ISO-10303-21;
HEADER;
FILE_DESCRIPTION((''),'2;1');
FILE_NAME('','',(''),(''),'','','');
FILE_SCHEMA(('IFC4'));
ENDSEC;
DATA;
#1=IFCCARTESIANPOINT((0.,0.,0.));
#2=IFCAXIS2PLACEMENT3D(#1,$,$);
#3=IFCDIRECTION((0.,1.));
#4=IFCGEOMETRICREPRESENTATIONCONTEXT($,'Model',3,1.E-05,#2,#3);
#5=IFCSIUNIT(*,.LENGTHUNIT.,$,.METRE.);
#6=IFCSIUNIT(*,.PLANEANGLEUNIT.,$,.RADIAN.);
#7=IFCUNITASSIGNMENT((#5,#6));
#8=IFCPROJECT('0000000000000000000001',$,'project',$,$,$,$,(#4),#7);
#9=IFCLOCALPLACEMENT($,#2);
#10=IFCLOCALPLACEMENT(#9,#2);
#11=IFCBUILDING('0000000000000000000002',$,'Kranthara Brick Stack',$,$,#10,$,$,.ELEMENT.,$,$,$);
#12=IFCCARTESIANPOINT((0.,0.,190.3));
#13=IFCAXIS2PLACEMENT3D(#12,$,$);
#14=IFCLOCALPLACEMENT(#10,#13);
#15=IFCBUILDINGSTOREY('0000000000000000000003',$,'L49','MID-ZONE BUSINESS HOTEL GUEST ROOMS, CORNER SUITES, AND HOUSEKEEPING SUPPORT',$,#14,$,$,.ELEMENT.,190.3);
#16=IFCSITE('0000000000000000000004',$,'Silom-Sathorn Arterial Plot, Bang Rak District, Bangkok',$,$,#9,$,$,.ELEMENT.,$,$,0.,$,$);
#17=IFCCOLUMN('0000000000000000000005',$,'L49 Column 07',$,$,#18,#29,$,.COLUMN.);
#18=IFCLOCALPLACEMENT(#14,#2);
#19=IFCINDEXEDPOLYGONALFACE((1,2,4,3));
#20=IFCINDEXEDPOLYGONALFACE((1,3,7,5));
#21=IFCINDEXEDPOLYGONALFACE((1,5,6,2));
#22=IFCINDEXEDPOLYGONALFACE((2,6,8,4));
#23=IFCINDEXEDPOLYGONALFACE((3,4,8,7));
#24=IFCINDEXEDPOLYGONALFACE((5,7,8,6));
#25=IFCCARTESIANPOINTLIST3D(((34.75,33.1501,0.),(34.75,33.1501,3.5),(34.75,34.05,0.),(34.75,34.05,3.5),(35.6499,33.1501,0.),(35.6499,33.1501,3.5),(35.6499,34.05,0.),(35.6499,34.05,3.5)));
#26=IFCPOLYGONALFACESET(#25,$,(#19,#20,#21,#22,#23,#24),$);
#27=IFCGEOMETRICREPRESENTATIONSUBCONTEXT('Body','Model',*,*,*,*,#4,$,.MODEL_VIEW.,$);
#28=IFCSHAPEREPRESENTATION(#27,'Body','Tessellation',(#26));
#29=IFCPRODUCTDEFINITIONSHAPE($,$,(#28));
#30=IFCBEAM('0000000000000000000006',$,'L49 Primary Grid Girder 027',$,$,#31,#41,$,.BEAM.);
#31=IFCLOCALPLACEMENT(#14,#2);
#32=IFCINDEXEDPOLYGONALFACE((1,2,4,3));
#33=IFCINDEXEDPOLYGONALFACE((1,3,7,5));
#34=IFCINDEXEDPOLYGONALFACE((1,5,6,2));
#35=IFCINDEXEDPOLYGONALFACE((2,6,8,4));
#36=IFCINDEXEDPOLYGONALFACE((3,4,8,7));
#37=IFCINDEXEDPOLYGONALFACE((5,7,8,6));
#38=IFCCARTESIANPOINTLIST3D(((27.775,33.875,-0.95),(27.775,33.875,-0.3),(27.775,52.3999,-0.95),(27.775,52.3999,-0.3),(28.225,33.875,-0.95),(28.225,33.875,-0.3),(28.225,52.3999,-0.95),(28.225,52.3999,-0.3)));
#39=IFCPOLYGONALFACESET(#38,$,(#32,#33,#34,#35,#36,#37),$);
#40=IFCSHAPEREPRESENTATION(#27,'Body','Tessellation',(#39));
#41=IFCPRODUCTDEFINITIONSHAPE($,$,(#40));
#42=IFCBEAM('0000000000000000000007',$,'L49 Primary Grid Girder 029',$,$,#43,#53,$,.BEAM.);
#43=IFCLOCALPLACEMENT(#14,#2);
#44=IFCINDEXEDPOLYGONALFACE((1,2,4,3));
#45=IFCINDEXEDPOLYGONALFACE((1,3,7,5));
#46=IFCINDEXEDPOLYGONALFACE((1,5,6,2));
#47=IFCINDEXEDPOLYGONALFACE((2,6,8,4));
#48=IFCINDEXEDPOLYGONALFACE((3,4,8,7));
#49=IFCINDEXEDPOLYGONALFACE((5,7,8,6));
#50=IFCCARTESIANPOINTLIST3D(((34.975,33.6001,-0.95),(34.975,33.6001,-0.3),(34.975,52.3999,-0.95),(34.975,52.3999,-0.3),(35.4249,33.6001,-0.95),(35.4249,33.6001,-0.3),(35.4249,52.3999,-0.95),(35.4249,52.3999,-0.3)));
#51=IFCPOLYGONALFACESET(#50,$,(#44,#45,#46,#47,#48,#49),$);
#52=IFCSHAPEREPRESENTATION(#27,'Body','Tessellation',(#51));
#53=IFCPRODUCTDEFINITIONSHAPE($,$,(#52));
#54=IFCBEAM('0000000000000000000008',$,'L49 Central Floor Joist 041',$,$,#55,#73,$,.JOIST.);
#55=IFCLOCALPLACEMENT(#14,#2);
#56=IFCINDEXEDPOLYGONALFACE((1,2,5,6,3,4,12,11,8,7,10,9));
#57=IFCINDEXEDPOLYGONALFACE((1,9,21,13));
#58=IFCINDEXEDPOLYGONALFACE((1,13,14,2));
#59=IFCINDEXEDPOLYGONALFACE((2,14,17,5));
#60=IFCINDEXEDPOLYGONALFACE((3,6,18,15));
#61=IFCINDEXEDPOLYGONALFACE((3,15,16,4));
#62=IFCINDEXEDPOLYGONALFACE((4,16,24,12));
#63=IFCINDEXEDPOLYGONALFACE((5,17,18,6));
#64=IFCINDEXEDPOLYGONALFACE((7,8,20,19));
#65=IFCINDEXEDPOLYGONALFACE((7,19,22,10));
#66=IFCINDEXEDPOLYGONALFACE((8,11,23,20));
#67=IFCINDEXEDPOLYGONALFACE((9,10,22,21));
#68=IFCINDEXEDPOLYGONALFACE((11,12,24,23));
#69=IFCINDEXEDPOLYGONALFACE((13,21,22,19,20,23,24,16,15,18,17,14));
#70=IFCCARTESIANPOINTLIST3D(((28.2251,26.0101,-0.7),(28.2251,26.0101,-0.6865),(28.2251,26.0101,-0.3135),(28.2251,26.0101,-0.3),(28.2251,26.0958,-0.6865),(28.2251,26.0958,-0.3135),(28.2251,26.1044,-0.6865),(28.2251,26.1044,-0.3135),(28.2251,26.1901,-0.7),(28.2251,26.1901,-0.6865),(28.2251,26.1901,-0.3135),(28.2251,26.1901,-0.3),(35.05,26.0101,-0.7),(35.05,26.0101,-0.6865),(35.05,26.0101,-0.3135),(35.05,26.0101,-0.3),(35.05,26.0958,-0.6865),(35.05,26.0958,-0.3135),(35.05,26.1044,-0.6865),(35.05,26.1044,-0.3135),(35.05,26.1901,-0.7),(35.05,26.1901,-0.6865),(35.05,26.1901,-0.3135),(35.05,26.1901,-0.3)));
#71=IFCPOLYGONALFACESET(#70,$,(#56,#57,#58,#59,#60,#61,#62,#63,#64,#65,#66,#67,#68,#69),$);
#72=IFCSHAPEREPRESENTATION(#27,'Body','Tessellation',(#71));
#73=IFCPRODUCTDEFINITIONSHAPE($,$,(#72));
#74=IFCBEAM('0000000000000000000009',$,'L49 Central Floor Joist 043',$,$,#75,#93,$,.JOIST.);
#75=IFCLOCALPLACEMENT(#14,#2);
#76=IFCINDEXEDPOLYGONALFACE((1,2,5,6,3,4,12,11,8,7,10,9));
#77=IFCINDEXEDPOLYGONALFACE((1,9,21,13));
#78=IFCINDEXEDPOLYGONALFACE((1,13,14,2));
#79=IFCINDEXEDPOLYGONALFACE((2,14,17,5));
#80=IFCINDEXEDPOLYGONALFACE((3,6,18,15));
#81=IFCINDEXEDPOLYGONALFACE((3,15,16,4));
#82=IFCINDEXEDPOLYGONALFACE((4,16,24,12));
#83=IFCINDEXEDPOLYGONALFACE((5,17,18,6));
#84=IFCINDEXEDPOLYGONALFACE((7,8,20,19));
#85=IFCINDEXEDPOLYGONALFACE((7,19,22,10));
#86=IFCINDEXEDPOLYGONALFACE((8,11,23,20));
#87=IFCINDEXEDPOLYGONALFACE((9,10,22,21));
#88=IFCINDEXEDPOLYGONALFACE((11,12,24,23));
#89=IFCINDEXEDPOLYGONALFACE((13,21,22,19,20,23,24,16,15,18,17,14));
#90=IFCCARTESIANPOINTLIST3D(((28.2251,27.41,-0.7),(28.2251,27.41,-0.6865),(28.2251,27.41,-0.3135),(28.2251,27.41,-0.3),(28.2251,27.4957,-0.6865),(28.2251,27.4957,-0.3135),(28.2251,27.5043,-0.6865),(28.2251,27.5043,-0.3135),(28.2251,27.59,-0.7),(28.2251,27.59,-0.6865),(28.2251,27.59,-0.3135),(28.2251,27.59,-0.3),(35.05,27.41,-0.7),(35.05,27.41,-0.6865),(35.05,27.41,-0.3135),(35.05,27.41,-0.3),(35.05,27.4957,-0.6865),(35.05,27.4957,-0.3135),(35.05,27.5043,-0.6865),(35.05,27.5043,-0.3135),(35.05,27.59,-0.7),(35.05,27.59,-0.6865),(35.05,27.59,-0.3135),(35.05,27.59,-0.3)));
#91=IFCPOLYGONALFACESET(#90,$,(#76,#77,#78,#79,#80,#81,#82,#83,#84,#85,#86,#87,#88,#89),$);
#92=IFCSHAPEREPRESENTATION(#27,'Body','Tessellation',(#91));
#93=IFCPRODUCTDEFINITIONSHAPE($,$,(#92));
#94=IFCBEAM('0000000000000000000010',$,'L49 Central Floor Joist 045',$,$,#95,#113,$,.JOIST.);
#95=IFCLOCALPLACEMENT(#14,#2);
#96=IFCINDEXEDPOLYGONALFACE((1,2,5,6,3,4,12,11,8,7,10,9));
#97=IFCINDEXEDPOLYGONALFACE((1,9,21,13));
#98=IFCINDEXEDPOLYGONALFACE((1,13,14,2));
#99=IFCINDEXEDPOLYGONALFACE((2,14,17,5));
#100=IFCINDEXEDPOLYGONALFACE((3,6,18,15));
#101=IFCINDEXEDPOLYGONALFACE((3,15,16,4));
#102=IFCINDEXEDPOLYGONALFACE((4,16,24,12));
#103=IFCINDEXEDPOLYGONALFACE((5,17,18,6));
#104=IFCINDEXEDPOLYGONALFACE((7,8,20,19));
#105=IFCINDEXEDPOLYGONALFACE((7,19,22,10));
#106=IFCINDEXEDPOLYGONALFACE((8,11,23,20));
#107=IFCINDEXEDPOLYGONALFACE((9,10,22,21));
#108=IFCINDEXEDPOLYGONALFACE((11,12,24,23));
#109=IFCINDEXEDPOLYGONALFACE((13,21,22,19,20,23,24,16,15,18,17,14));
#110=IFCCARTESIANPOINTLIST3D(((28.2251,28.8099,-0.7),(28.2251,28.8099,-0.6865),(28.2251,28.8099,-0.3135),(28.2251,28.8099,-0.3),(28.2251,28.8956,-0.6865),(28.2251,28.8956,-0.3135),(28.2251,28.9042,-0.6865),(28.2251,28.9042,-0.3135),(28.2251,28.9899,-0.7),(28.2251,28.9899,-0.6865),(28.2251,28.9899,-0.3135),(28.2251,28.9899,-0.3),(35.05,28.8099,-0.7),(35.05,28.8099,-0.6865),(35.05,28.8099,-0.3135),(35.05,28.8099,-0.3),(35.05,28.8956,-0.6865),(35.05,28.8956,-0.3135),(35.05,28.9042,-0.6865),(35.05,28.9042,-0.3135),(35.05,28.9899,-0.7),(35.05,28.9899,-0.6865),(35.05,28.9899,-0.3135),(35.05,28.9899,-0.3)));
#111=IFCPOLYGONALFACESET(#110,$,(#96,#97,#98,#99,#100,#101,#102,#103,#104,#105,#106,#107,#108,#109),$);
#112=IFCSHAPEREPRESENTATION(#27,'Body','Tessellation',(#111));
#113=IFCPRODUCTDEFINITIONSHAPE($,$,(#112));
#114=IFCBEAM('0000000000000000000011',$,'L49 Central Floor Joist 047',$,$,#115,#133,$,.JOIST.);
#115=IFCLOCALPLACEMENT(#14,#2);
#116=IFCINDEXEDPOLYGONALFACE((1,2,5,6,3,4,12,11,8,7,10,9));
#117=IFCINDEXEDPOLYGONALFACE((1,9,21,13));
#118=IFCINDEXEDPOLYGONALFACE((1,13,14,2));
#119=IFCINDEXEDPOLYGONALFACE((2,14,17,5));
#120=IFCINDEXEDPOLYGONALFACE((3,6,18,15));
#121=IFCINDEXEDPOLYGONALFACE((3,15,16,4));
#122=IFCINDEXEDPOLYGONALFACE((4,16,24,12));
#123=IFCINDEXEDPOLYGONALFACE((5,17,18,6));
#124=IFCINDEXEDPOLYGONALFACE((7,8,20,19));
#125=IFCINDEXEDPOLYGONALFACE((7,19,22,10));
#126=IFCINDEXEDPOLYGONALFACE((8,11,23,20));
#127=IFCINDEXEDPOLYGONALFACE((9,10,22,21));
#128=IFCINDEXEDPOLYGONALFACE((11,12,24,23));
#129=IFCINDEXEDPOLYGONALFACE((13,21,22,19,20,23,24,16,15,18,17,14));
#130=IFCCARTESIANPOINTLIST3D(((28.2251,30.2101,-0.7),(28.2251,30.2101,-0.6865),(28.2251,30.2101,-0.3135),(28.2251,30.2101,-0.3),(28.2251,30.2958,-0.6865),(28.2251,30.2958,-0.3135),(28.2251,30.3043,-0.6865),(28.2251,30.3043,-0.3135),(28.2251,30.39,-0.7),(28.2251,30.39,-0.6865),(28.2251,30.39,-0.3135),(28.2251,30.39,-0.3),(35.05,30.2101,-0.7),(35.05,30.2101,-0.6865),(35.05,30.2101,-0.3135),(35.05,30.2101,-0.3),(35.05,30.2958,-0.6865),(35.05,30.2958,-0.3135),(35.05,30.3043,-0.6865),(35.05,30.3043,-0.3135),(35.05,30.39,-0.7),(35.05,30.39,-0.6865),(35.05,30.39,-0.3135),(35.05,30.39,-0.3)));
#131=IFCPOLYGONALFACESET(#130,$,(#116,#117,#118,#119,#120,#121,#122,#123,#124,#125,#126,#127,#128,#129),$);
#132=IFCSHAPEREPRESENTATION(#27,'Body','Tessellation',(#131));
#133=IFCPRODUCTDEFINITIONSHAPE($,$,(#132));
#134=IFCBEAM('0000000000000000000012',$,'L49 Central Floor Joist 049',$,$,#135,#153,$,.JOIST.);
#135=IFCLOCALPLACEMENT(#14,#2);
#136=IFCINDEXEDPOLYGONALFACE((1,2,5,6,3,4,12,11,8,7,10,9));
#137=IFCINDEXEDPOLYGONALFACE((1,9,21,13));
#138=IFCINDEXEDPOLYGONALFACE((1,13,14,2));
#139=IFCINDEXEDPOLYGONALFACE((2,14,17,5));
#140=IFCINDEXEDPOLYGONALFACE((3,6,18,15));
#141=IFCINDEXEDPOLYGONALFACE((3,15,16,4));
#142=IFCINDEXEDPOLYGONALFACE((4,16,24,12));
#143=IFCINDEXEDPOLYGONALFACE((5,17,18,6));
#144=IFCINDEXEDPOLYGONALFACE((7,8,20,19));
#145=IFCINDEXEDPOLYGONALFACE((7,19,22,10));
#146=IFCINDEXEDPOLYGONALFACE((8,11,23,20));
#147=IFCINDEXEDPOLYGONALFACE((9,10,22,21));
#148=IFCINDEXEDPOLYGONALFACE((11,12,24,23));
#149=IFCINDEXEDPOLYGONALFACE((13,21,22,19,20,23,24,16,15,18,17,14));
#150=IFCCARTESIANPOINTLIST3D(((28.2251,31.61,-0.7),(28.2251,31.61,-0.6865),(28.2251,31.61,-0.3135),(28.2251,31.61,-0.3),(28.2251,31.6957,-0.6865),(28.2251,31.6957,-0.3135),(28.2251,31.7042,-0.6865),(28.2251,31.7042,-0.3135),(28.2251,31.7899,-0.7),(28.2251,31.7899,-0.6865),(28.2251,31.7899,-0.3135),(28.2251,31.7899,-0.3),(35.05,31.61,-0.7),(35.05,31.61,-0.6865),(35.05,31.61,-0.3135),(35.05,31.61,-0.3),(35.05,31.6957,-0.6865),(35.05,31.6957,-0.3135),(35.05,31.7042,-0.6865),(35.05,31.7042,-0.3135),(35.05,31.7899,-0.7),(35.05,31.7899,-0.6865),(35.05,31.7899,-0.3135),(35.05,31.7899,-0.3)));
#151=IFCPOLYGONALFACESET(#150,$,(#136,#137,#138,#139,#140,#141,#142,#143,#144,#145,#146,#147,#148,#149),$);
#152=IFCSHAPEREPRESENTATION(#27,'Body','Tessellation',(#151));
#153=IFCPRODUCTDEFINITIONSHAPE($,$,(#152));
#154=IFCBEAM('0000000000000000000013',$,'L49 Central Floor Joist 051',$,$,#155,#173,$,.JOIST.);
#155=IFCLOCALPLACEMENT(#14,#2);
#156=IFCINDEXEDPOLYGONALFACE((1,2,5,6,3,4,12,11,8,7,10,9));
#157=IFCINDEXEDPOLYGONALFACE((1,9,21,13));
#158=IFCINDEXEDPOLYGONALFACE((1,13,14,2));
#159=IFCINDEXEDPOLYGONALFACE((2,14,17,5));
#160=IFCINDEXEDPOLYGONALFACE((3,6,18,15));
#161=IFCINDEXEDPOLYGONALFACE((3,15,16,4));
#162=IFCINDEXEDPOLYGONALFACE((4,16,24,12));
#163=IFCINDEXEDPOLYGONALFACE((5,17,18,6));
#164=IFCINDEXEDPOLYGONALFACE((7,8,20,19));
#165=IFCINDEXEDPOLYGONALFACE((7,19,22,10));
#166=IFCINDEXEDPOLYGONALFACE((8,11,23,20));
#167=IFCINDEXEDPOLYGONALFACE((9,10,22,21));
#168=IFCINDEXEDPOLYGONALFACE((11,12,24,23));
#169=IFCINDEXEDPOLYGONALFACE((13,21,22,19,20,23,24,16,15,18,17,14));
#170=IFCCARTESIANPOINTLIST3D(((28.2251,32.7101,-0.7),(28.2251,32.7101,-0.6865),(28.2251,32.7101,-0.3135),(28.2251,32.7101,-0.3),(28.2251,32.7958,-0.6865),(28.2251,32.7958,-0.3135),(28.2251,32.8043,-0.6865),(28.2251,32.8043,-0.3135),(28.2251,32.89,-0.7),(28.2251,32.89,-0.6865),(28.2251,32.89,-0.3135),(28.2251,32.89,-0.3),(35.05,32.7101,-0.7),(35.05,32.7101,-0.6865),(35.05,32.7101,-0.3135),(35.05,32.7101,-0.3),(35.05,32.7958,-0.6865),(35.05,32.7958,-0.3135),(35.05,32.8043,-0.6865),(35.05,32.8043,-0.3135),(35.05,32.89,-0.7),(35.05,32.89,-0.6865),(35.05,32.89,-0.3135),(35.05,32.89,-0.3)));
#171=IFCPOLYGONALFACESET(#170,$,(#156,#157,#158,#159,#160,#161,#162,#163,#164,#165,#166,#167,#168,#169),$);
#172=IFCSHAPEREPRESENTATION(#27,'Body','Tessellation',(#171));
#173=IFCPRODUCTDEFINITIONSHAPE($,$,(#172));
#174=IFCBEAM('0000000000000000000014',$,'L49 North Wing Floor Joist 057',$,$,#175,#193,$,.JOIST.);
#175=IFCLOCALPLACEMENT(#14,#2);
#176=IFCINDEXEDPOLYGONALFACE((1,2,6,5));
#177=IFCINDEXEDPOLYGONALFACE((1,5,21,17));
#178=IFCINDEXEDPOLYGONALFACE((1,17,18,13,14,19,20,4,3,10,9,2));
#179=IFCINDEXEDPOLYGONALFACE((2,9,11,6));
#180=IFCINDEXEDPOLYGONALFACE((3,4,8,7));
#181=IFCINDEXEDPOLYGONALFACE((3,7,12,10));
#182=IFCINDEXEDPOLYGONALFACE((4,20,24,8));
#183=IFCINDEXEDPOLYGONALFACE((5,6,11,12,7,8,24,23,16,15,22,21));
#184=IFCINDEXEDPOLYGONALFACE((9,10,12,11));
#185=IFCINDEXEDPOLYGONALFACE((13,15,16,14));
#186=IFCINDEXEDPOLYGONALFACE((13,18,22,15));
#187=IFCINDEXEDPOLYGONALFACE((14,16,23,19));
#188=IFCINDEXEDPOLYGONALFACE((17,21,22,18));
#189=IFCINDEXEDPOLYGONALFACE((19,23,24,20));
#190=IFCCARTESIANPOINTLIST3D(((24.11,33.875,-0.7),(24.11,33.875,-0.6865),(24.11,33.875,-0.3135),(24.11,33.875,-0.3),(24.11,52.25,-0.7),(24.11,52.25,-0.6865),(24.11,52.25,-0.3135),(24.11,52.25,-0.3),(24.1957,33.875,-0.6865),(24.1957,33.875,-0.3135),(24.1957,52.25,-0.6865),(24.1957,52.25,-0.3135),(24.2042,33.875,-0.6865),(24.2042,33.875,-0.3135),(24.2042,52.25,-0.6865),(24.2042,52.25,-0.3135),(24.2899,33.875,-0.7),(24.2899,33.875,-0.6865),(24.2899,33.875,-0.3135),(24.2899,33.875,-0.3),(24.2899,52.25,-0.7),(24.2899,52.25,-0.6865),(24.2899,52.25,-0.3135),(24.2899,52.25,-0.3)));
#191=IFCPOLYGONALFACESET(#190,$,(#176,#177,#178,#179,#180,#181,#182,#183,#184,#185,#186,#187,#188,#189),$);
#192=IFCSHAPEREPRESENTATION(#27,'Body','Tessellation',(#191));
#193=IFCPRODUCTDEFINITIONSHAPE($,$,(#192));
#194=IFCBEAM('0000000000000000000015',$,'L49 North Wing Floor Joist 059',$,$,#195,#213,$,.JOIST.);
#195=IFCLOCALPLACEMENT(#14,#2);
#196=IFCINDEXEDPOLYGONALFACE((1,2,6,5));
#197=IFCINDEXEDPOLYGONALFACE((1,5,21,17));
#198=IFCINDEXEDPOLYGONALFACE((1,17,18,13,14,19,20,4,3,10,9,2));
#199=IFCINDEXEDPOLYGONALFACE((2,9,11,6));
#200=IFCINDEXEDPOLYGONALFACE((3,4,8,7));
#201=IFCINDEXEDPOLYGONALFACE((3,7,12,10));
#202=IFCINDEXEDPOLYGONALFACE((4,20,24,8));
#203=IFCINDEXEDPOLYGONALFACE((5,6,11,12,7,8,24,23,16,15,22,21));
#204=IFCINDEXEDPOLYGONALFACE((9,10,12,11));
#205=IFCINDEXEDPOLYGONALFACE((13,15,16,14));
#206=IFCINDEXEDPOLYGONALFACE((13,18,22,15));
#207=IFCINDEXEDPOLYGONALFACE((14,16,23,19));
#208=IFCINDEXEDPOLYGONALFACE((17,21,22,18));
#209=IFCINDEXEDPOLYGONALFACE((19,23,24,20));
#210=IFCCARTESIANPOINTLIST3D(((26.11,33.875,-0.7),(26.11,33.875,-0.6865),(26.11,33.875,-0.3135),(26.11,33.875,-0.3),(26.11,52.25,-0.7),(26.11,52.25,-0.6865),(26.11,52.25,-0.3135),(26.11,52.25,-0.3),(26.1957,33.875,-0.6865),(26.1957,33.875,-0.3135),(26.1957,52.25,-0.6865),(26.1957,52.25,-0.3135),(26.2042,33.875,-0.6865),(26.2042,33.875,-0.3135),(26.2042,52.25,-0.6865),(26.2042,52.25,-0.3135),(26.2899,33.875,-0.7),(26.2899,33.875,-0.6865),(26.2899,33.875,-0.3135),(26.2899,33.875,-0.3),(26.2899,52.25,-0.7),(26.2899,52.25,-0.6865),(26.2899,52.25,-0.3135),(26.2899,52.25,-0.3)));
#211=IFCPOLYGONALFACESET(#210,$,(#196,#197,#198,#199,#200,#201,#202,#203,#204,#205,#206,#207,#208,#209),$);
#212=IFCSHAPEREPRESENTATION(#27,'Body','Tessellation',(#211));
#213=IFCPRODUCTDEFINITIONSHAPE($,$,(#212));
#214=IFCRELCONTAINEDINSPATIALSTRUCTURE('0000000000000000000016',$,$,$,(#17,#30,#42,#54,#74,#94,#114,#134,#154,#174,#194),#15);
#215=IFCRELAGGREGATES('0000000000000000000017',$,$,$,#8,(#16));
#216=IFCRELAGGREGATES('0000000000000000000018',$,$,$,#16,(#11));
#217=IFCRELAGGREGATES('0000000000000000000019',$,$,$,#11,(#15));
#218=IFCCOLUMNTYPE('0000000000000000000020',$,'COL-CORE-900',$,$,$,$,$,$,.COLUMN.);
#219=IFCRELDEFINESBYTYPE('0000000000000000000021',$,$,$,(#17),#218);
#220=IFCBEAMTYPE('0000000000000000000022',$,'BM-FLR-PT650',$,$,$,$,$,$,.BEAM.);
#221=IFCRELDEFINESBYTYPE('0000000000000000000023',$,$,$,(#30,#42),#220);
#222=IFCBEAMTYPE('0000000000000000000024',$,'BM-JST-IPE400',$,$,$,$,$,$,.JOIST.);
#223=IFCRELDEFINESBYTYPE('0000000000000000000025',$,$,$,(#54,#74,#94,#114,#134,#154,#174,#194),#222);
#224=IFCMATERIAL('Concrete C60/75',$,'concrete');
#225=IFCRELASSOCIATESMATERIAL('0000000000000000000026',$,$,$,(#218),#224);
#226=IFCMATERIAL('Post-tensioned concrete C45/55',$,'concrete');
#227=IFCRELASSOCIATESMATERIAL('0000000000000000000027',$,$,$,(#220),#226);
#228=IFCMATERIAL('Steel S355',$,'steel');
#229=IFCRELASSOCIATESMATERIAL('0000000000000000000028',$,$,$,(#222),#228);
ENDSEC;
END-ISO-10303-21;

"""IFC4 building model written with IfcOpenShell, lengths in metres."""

from ifc_helpers import new_model, si_unit, direction, frame, origin, origin_2d, place, context, subcontext, project, spatial, rectangle, i_section, extrude, material, material_profile, profile_set, type_object, element, save


model = new_model("IFC4")

# Units and contexts
model_context = context("Model", 3, precision=1e-05, world=origin(), true_north=direction((0.0, 1.0)))
body_context = subcontext(model_context, "Body", "Model", "MODEL_VIEW")
ifc_project = project(units=[si_unit("LENGTHUNIT", "METRE"), si_unit("PLANEANGLEUNIT", "RADIAN")], contexts=[model_context])

# Site, building, storey
site_placement = place(None, origin())
site = spatial("IfcSite", under=ifc_project, at=site_placement, Name="Silom-Sathorn Arterial Plot, Bang Rak District, Bangkok", CompositionType="ELEMENT", RefElevation=0.0)
building_placement = place(site_placement, origin())
building = spatial("IfcBuilding", under=site, at=building_placement, Name="Kranthara Brick Stack", CompositionType="ELEMENT")
storey_placement = place(building_placement, frame((0.0, 0.0, 190.3)))
storey = spatial("IfcBuildingStorey", under=building, at=storey_placement, Name="L49", Description="MID-ZONE BUSINESS HOTEL GUEST ROOMS, CORNER SUITES, AND HOUSEKEEPING SUPPORT", CompositionType="ELEMENT", Elevation=190.3)

# Column
ifc_material_1 = material(Name="Concrete C60/75", Category="concrete")
ifc_material_profile_1 = material_profile(ifc_material_1, rectangle(XDim=0.8999, YDim=0.8999, at=origin_2d()), Name="RC 900x900")
ifc_profile_set_1 = profile_set([ifc_material_profile_1], Name="Concrete C60/75")
column_type = type_object("IfcColumnType", Name="COL-CORE-900", PredefinedType="COLUMN", material=ifc_profile_set_1)
column_placement = place(storey_placement, frame((35.2, 33.6001, 0.0), z_axis=(0.0, 0.0, 1.0), x_axis=(1.0, 0.0, 0.0)))
element("IfcColumn", 1, at=column_placement, inside=storey, type_object=column_type, Name="L49 Column 07", PredefinedType="COLUMN", context=body_context, shape_type="SweptSolid", body=[
    extrude(rectangle(XDim=0.8999, YDim=0.8999, at=origin_2d()), origin(), (0.0, 0.0, 1.0), 3.5),
])

# Beams
ifc_material_2 = material(Name="Post-tensioned concrete C45/55", Category="concrete")
ifc_material_profile_2 = material_profile(ifc_material_2, rectangle(XDim=0.45, YDim=0.6499, at=origin_2d()), Name="PT 450x650")
ifc_profile_set_2 = profile_set([ifc_material_profile_2], Name="Post-tensioned concrete C45/55")
beam_type_1 = type_object("IfcBeamType", Name="BM-FLR-PT650", PredefinedType="BEAM", material=ifc_profile_set_2)
beam_1_placement = place(storey_placement, frame((28.0, 33.875, -0.625), z_axis=(0.0, 1.0, 0.0), x_axis=(-1.0, 0.0, 0.0)))
element("IfcBeam", 2, at=beam_1_placement, inside=storey, type_object=beam_type_1, Name="L49 Primary Grid Girder 027", PredefinedType="BEAM", context=body_context, shape_type="SweptSolid", body=[
    extrude(rectangle(XDim=0.45, YDim=0.6499, at=origin_2d()), origin(), (0.0, 0.0, 1.0), 18.5249),
])
beam_2_placement = place(storey_placement, frame((35.2, 33.6001, -0.625), z_axis=(0.0, 1.0, 0.0), x_axis=(-1.0, 0.0, 0.0)))
element("IfcBeam", 3, at=beam_2_placement, inside=storey, type_object=beam_type_1, Name="L49 Primary Grid Girder 029", PredefinedType="BEAM", context=body_context, shape_type="SweptSolid", body=[
    extrude(rectangle(XDim=0.45, YDim=0.6499, at=origin_2d()), origin(), (0.0, 0.0, 1.0), 18.7998),
])
ifc_material_3 = material(Name="Steel S355", Category="steel")
ifc_material_profile_3 = material_profile(ifc_material_3, i_section(OverallWidth=0.1799, OverallDepth=0.3999, WebThickness=0.0085, FlangeThickness=0.0134, at=origin_2d()), Name="IPE 400")
ifc_profile_set_3 = profile_set([ifc_material_profile_3], Name="Steel S355")
beam_type_2 = type_object("IfcBeamType", Name="BM-JST-IPE400", PredefinedType="JOIST", material=ifc_profile_set_3)
for number, where, z_axis, x_axis, name in (
    (4, (28.2251, 26.1001, -0.5), (1.0, 0.0, 0.0), (0.0, 1.0, 0.0), "L49 Central Floor Joist 041"),
    (5, (28.2251, 27.5, -0.5), (1.0, 0.0, 0.0), (0.0, 1.0, 0.0), "L49 Central Floor Joist 043"),
    (6, (28.2251, 28.8999, -0.5), (1.0, 0.0, 0.0), (0.0, 1.0, 0.0), "L49 Central Floor Joist 045"),
    (7, (28.2251, 30.3, -0.5), (1.0, 0.0, 0.0), (0.0, 1.0, 0.0), "L49 Central Floor Joist 047"),
    (8, (28.2251, 31.7, -0.5), (1.0, 0.0, 0.0), (0.0, 1.0, 0.0), "L49 Central Floor Joist 049"),
    (9, (28.2251, 32.8, -0.5), (1.0, 0.0, 0.0), (0.0, 1.0, 0.0), "L49 Central Floor Joist 051"),
):
    element("IfcBeam", number, at=place(storey_placement, frame(where, z_axis=z_axis, x_axis=x_axis)), inside=storey, type_object=beam_type_2, Name=name, PredefinedType="JOIST", context=body_context, shape_type="SweptSolid", body=[
        extrude(i_section(OverallWidth=0.1799, OverallDepth=0.3999, WebThickness=0.0085, FlangeThickness=0.0134, at=origin_2d()), origin(), (0.0, 0.0, 1.0), 6.825),
    ])
for number, where, z_axis, x_axis, name in (
    (10, (24.2, 33.875, -0.5), (0.0, 1.0, 0.0), (-1.0, 0.0, 0.0), "L49 North Wing Floor Joist 057"),
    (11, (26.2, 33.875, -0.5), (0.0, 1.0, 0.0), (-1.0, 0.0, 0.0), "L49 North Wing Floor Joist 059"),
):
    element("IfcBeam", number, at=place(storey_placement, frame(where, z_axis=z_axis, x_axis=x_axis)), inside=storey, type_object=beam_type_2, Name=name, PredefinedType="JOIST", context=body_context, shape_type="SweptSolid", body=[
        extrude(i_section(OverallWidth=0.1799, OverallDepth=0.3999, WebThickness=0.0085, FlangeThickness=0.0134, at=origin_2d()), origin(), (0.0, 0.0, 1.0), 18.375),
    ])

save(model, "model.ifc")
